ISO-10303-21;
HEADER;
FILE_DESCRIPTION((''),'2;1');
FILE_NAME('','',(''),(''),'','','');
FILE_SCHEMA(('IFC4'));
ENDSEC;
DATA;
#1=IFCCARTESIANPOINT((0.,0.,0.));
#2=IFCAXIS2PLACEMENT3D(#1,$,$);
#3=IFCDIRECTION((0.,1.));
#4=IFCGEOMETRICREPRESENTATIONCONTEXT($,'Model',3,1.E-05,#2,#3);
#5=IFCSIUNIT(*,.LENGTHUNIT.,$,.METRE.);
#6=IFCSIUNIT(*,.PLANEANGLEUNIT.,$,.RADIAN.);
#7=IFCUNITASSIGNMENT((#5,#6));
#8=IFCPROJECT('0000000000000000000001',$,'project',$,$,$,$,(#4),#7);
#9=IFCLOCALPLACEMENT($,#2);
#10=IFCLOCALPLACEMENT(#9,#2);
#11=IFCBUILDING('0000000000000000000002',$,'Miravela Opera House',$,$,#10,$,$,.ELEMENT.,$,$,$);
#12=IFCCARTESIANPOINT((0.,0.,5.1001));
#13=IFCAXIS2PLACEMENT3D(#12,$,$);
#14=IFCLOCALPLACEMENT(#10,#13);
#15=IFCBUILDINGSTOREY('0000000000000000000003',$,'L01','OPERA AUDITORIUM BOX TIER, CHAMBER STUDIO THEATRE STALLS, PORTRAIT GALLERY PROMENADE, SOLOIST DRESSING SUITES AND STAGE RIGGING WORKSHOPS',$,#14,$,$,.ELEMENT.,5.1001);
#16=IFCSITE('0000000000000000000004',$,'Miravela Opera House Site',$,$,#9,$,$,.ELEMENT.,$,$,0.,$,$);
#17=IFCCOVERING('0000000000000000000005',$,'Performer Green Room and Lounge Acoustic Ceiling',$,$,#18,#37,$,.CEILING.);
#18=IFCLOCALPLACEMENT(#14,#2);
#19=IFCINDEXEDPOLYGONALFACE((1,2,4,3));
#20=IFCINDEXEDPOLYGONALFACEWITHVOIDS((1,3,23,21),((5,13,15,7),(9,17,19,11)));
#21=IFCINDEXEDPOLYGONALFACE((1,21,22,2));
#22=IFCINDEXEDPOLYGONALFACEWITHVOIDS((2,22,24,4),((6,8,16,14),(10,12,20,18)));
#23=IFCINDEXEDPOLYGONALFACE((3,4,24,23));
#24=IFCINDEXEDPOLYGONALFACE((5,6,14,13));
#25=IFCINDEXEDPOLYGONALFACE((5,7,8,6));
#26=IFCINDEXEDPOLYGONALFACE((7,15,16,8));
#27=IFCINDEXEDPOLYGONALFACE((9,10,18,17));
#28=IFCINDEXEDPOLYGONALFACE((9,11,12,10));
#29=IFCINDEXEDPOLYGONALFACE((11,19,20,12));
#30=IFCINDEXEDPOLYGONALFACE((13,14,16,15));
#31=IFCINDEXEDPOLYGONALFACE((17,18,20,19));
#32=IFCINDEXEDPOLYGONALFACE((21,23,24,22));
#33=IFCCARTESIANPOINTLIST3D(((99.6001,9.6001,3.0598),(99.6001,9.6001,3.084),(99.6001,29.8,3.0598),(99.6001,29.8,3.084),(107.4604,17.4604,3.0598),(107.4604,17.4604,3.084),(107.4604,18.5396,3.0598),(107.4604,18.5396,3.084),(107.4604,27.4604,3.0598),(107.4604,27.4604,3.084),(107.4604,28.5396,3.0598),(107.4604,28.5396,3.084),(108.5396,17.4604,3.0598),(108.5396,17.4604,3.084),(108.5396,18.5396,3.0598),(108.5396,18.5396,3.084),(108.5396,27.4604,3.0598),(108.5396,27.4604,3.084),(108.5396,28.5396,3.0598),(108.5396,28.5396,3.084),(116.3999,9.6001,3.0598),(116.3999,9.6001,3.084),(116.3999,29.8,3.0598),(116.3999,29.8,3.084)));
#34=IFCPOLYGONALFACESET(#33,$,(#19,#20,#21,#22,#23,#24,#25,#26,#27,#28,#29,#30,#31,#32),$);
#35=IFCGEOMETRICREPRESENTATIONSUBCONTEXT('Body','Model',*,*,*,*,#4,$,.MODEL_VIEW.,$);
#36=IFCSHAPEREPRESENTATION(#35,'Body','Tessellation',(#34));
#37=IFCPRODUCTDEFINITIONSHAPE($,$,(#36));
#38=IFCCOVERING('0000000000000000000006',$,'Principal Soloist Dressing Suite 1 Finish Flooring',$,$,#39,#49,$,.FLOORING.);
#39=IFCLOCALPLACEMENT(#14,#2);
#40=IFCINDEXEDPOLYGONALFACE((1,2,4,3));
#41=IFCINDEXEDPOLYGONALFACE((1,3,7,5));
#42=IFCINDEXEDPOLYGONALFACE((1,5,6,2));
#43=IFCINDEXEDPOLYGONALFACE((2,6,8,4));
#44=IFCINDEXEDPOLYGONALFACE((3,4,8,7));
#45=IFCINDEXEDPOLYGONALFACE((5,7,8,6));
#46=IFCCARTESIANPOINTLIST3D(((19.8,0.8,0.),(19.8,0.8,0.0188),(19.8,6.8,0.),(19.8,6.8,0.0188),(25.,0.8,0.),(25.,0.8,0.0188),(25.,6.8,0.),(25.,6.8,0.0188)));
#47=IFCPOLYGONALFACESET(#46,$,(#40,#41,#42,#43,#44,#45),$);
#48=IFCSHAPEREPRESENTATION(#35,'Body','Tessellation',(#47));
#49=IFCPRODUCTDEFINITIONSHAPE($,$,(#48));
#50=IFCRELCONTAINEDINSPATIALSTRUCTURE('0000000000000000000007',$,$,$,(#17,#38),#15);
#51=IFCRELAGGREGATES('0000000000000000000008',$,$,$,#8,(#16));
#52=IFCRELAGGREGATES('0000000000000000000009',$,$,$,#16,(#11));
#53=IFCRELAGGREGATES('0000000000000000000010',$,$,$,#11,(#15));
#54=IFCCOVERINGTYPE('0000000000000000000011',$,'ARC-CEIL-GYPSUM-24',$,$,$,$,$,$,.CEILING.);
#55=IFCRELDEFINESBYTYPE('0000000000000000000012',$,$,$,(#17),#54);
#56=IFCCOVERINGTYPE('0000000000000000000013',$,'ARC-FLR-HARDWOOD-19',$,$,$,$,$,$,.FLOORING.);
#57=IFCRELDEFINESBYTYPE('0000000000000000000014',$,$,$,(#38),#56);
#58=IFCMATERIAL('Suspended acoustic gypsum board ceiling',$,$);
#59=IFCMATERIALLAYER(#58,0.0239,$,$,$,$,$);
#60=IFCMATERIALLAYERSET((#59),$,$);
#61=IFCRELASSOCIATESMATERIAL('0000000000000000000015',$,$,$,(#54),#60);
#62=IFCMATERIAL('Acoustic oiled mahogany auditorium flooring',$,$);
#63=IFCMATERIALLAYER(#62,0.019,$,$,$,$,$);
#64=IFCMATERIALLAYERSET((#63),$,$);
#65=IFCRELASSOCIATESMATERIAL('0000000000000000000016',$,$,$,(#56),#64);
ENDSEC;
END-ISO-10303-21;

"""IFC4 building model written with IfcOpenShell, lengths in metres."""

from ifc_helpers import new_model, si_unit, direction, frame, origin, place, context, subcontext, project, spatial, polyline, outline, extrude, material, layer, layer_set, type_object, element, save


model = new_model("IFC4")

# Units and contexts
model_context = context("Model", 3, precision=1e-05, world=origin(), true_north=direction((0.0, 1.0)))
body_context = subcontext(model_context, "Body", "Model", "MODEL_VIEW")
ifc_project = project(units=[si_unit("LENGTHUNIT", "METRE"), si_unit("PLANEANGLEUNIT", "RADIAN")], contexts=[model_context])

# Site, building, storey
site_placement = place(None, origin())
site = spatial("IfcSite", under=ifc_project, at=site_placement, Name="Miravela Opera House Site", CompositionType="ELEMENT", RefElevation=0.0)
building_placement = place(site_placement, origin())
building = spatial("IfcBuilding", under=site, at=building_placement, Name="Miravela Opera House", CompositionType="ELEMENT")
storey_placement = place(building_placement, frame((0.0, 0.0, 5.1001)))
storey = spatial("IfcBuildingStorey", under=building, at=storey_placement, Name="L01", Description="OPERA AUDITORIUM BOX TIER, CHAMBER STUDIO THEATRE STALLS, PORTRAIT GALLERY PROMENADE, SOLOIST DRESSING SUITES AND STAGE RIGGING WORKSHOPS", CompositionType="ELEMENT", Elevation=5.1001)

# Coverings
ifc_material_1 = material(Name="Suspended acoustic gypsum board ceiling")
ifc_layer_1 = layer(ifc_material_1, 0.0239)
ifc_layer_set_1 = layer_set([ifc_layer_1])
covering_type_1 = type_object("IfcCoveringType", Name="ARC-CEIL-GYPSUM-24", PredefinedType="CEILING", material=ifc_layer_set_1)
covering_1_placement = place(storey_placement, frame((0.0, 0.0, 3.0598)))
element("IfcCovering", 1, at=covering_1_placement, inside=storey, type_object=covering_type_1, Name="Performer Green Room and Lounge Acoustic Ceiling", PredefinedType="CEILING", context=body_context, shape_type="SweptSolid", body=[
    extrude(outline(polyline([(99.6001, 9.6001), (116.3999, 9.6001), (116.3999, 29.8), (99.6001, 29.8), (99.6001, 9.6001)]), holes=[polyline([(107.4604, 17.4604), (108.5396, 17.4604), (108.5396, 18.5396), (107.4604, 18.5396), (107.4604, 17.4604)]), polyline([(107.4604, 27.4604), (108.5396, 27.4604), (108.5396, 28.5396), (107.4604, 28.5396), (107.4604, 27.4604)])]), origin(), (0.0, 0.0, 1.0), 0.0242),
])
ifc_material_2 = material(Name="Acoustic oiled mahogany auditorium flooring")
ifc_layer_2 = layer(ifc_material_2, 0.019)
ifc_layer_set_2 = layer_set([ifc_layer_2])
covering_type_2 = type_object("IfcCoveringType", Name="ARC-FLR-HARDWOOD-19", PredefinedType="FLOORING", material=ifc_layer_set_2)
covering_2_placement = place(storey_placement, origin())
element("IfcCovering", 2, at=covering_2_placement, inside=storey, type_object=covering_type_2, Name="Principal Soloist Dressing Suite 1 Finish Flooring", PredefinedType="FLOORING", context=body_context, shape_type="SweptSolid", body=[
    extrude(outline(polyline([(19.8, 0.8), (25.0, 0.8), (25.0, 6.8), (19.8, 6.8), (19.8, 0.8)])), origin(), (0.0, 0.0, 1.0), 0.0188),
])

save(model, "model.ifc")
